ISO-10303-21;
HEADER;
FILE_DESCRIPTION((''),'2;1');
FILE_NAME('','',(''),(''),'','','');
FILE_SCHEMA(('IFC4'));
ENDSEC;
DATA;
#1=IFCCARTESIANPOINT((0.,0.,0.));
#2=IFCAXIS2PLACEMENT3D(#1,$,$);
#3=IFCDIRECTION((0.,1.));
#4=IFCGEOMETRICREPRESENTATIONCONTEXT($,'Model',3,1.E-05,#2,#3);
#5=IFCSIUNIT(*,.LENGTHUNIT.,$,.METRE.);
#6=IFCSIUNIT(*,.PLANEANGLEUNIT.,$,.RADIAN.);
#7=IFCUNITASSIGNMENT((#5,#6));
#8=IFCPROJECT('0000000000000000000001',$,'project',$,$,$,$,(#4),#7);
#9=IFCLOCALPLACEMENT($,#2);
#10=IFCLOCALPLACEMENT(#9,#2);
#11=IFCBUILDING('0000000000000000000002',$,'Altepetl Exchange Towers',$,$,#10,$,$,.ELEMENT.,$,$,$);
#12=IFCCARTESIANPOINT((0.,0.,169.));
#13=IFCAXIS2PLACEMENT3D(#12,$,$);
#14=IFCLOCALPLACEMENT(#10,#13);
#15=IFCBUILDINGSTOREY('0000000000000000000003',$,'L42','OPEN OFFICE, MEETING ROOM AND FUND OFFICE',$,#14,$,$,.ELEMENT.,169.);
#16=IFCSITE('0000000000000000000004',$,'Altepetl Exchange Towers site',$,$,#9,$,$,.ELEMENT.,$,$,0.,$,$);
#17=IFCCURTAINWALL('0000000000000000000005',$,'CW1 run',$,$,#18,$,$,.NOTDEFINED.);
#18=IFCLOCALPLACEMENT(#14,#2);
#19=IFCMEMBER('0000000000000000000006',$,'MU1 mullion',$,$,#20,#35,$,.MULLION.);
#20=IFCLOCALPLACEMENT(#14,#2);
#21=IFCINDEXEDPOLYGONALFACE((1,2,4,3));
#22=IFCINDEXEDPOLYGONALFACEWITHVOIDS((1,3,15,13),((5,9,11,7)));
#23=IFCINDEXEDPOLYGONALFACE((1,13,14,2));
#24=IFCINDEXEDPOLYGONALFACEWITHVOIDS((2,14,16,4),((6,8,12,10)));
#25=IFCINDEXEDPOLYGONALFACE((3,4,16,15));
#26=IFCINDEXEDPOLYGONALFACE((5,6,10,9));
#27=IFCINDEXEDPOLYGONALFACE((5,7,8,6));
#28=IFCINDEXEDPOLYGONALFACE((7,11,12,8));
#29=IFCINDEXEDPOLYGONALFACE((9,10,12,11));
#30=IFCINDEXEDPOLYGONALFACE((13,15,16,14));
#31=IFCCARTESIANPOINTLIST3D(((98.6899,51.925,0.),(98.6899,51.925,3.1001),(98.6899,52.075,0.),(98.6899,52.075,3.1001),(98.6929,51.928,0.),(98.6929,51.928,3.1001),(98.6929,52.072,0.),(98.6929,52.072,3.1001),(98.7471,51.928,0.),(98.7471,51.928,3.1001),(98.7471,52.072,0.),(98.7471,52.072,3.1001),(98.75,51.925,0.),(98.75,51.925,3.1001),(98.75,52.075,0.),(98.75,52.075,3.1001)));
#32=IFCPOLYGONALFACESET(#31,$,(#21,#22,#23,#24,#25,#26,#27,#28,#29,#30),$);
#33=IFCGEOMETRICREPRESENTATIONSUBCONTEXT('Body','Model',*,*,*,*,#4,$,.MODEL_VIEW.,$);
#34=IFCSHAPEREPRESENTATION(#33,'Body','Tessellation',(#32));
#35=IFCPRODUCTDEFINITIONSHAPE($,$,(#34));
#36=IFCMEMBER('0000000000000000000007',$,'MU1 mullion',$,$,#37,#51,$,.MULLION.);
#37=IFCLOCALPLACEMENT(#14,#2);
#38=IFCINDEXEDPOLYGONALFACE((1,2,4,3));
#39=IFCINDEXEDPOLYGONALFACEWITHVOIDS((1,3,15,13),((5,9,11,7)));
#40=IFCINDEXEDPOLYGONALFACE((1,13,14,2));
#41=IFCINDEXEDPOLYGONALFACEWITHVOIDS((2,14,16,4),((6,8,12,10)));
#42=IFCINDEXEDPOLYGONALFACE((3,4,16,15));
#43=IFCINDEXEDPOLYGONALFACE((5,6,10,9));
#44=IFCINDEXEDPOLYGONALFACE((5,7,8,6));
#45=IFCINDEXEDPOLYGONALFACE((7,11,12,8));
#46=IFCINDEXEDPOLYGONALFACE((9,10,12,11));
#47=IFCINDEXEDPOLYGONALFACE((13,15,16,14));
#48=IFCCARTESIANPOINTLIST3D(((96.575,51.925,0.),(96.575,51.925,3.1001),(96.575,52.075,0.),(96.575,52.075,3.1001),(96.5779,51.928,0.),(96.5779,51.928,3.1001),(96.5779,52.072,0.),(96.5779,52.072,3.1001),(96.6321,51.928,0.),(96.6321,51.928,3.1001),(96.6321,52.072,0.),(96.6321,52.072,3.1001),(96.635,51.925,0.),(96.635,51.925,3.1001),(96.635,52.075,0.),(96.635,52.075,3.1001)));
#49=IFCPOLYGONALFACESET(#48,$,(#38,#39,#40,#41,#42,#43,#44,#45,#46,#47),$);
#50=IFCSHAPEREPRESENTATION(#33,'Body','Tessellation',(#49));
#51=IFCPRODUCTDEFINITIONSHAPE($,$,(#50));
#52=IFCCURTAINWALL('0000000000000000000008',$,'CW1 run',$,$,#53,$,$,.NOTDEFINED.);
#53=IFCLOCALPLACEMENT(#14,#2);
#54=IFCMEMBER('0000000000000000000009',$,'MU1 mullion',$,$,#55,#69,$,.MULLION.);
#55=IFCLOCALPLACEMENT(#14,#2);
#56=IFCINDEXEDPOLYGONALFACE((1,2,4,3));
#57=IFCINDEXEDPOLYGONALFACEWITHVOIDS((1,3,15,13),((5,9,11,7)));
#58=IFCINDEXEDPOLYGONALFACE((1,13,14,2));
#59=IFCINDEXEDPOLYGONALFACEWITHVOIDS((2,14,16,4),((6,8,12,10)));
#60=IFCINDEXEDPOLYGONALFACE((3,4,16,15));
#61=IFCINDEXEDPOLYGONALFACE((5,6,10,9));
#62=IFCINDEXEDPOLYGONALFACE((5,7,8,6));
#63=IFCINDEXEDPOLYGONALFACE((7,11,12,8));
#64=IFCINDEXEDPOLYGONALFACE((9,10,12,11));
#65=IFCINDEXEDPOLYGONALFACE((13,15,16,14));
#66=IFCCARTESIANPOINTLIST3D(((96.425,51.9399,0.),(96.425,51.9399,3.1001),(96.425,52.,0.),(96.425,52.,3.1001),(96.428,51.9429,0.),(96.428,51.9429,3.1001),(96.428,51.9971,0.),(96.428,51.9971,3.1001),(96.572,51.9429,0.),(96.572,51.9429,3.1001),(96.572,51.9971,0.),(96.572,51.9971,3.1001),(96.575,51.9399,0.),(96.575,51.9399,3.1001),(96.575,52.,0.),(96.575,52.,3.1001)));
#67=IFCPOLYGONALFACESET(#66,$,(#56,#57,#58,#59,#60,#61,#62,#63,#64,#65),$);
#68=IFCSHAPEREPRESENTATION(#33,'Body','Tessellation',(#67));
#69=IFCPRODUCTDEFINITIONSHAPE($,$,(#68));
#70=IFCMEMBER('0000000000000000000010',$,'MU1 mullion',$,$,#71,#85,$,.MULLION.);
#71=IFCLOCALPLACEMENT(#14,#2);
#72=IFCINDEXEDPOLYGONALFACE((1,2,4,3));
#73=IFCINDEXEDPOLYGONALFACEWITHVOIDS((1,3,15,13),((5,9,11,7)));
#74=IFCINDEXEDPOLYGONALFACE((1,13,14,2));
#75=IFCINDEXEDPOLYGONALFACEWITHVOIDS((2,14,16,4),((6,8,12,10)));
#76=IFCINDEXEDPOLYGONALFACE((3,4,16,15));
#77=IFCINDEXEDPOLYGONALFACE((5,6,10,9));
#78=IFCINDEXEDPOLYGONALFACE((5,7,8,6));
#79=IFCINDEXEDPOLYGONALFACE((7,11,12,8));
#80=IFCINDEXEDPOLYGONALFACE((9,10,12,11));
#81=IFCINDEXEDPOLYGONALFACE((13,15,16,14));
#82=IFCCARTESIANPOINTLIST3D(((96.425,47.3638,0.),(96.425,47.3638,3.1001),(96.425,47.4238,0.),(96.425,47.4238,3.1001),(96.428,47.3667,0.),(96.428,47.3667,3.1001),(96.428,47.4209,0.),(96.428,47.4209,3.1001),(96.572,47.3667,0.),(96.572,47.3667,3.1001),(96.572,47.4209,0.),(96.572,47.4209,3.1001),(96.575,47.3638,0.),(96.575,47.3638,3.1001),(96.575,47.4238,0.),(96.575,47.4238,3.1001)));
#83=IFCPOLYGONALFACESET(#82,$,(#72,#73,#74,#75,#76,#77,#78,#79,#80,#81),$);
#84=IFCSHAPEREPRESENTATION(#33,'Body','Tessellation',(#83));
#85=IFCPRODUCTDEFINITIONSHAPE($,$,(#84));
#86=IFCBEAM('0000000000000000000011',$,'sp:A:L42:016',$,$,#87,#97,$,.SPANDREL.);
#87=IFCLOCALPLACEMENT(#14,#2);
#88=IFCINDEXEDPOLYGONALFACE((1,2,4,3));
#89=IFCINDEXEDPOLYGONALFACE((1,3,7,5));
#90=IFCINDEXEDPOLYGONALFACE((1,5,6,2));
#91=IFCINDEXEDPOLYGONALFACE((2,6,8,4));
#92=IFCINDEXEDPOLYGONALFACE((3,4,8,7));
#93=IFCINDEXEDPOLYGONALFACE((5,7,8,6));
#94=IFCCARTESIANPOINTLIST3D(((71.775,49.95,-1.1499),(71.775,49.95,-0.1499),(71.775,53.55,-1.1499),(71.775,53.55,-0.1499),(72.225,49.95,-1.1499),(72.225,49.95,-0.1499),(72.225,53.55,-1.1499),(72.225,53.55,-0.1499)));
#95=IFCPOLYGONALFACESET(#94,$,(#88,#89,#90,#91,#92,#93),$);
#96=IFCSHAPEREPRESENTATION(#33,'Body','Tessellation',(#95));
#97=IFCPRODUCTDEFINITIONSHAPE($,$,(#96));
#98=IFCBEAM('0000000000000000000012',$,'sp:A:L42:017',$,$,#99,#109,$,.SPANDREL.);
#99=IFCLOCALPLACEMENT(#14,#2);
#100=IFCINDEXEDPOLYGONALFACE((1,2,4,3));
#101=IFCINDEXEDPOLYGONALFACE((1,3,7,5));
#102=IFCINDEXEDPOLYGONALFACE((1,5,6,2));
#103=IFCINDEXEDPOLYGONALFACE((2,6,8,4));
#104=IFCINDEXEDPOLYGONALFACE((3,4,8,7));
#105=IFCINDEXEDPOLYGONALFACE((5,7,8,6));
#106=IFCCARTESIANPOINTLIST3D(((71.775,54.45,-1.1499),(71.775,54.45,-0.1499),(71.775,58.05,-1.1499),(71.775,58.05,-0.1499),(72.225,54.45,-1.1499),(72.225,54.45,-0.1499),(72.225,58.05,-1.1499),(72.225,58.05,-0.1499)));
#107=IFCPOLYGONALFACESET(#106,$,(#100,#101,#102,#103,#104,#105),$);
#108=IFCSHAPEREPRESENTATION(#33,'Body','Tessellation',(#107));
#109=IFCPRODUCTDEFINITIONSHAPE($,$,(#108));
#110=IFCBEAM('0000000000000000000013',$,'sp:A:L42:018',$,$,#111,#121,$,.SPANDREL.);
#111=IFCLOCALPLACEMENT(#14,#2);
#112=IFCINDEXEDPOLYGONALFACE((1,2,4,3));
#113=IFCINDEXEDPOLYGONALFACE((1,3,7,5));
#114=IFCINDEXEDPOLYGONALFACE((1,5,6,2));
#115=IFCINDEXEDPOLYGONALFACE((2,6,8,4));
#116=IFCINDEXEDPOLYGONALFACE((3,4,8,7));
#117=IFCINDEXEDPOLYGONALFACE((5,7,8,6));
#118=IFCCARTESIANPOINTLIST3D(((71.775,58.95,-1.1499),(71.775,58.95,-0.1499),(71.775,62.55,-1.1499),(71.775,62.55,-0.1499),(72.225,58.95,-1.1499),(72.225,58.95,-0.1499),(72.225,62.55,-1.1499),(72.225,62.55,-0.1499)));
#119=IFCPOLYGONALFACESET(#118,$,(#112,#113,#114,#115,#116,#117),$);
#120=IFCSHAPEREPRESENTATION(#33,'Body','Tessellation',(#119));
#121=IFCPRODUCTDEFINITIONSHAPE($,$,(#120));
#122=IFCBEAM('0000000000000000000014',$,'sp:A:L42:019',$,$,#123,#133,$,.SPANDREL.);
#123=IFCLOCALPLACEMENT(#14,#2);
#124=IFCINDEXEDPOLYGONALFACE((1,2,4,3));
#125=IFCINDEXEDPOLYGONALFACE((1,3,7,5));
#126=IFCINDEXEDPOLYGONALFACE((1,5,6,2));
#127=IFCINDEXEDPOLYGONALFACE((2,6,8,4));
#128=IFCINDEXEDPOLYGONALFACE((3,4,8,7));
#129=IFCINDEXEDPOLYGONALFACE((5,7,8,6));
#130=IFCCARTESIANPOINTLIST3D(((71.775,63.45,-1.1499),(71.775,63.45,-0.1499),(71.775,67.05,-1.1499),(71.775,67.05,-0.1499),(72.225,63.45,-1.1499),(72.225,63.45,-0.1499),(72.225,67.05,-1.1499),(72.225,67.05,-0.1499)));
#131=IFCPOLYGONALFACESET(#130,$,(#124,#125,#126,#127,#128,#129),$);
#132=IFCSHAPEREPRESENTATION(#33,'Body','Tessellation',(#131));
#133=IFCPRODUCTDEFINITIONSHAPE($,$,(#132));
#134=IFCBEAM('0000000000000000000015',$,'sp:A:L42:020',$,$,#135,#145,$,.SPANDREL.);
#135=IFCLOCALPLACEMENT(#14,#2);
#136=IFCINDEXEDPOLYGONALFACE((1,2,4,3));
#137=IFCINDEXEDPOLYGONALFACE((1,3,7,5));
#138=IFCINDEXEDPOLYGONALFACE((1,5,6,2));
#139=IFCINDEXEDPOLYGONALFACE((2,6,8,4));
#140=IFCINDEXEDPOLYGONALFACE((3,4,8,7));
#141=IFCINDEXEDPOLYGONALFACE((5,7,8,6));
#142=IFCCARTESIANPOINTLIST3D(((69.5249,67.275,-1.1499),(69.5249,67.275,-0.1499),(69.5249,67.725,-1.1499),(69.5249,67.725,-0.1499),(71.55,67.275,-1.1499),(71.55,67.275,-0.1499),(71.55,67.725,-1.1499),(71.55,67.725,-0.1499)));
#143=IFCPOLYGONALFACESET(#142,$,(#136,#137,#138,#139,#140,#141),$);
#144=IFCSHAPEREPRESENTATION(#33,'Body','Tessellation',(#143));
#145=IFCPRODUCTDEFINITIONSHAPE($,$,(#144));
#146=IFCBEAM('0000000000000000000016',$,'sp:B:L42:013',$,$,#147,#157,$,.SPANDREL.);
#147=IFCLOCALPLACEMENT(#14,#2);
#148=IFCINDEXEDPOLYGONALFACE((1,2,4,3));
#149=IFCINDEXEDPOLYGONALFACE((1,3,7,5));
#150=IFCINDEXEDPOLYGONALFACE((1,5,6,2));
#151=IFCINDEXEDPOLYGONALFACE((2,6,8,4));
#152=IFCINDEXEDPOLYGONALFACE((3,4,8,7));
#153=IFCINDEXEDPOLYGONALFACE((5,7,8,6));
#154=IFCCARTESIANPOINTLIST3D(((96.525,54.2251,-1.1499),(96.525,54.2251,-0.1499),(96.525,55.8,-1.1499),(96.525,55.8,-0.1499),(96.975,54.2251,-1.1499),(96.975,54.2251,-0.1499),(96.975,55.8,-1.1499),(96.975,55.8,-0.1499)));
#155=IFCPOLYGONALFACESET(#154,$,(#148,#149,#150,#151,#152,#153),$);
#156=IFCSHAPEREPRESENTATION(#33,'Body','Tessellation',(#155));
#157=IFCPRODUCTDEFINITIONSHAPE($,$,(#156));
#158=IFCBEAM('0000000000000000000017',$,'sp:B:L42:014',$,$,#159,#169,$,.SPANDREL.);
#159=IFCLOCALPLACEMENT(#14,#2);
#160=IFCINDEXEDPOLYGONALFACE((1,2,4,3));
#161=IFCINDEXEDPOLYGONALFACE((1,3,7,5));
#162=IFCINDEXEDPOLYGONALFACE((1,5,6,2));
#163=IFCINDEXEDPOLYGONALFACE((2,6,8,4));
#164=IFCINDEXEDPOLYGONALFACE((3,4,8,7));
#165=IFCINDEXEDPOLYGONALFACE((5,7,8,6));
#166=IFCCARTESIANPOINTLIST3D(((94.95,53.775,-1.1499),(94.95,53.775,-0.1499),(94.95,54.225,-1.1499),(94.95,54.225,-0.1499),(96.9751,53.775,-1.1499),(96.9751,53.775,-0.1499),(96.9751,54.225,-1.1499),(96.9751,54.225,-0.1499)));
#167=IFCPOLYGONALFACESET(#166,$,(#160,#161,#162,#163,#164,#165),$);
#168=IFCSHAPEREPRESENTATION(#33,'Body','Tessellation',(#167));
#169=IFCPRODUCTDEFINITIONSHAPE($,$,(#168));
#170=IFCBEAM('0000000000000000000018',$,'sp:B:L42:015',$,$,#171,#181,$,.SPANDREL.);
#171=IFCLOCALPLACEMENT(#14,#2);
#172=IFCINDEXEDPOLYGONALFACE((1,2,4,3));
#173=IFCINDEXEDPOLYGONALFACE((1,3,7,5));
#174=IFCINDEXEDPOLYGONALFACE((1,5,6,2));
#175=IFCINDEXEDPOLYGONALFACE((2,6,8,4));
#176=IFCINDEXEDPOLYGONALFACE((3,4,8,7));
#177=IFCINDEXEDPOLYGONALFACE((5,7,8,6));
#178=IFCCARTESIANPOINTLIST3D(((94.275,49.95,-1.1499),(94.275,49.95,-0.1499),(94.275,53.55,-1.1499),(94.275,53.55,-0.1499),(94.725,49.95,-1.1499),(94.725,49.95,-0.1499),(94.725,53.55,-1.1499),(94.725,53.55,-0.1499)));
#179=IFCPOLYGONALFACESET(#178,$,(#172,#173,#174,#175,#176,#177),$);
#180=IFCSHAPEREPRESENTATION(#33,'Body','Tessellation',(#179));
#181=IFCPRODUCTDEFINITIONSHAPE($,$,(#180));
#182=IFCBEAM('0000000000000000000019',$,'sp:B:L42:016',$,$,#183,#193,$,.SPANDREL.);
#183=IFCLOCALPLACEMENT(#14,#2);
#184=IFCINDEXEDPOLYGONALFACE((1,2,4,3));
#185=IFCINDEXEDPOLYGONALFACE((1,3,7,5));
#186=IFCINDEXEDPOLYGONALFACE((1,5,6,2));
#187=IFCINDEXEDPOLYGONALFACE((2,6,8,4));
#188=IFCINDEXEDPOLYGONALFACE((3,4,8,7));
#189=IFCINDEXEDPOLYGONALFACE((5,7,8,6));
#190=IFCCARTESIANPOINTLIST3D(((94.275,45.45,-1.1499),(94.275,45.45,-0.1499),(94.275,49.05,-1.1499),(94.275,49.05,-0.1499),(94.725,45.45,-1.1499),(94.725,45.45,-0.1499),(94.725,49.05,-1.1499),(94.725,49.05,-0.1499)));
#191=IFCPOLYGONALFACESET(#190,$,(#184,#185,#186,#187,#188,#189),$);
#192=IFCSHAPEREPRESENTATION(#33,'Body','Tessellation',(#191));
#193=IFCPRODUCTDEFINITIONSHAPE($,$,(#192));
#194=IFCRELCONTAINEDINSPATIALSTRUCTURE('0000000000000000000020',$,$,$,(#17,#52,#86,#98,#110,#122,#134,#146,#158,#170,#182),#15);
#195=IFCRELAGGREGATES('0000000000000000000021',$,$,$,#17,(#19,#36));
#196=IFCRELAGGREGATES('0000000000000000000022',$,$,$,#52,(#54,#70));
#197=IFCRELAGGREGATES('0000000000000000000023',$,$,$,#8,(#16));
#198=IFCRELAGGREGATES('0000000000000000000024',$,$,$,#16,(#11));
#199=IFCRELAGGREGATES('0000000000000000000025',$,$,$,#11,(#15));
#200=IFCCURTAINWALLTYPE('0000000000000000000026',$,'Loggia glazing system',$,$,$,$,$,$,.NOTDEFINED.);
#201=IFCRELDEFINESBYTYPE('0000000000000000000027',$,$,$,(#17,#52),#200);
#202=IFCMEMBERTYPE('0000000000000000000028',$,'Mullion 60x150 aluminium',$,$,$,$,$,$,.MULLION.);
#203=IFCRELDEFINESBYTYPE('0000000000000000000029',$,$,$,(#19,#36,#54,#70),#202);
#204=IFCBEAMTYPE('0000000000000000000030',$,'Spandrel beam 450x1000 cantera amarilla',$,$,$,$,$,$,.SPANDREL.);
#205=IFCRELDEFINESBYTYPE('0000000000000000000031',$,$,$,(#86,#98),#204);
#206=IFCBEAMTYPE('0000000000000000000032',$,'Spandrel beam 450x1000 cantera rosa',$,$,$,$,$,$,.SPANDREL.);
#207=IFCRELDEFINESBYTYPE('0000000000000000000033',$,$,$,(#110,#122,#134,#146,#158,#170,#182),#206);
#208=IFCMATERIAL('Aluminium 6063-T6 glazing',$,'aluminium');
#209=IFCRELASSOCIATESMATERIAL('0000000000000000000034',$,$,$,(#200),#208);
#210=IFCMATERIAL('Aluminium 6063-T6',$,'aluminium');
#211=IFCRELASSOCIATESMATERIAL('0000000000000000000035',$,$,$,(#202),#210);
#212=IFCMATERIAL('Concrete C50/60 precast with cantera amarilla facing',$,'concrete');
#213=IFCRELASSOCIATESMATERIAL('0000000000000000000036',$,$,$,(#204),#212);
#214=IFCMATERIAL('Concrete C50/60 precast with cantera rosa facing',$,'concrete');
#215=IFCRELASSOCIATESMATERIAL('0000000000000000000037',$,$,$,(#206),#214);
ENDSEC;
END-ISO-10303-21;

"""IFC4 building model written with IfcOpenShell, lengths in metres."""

from ifc_helpers import new_model, si_unit, direction, frame, origin, origin_2d, place, context, subcontext, project, spatial, rectangle, hollow_rectangle, extrude, material, material_profile, profile_set, type_object, element, aggregate, save


model = new_model("IFC4")

# Units and contexts
model_context = context("Model", 3, precision=1e-05, world=origin(), true_north=direction((0.0, 1.0)))
body_context = subcontext(model_context, "Body", "Model", "MODEL_VIEW")
ifc_project = project(units=[si_unit("LENGTHUNIT", "METRE"), si_unit("PLANEANGLEUNIT", "RADIAN")], contexts=[model_context])

# Site, building, storey
site_placement = place(None, origin())
site = spatial("IfcSite", under=ifc_project, at=site_placement, Name="Altepetl Exchange Towers site", CompositionType="ELEMENT", RefElevation=0.0)
building_placement = place(site_placement, origin())
building = spatial("IfcBuilding", under=site, at=building_placement, Name="Altepetl Exchange Towers", CompositionType="ELEMENT")
storey_placement = place(building_placement, frame((0.0, 0.0, 169.0)))
storey = spatial("IfcBuildingStorey", under=building, at=storey_placement, Name="L42", Description="OPEN OFFICE, MEETING ROOM AND FUND OFFICE", CompositionType="ELEMENT", Elevation=169.0)

# Shared definitions
ifc_material_1 = material(Name="Aluminium 6063-T6 glazing", Category="aluminium")
curtain_wall_type = type_object("IfcCurtainWallType", Name="Loggia glazing system", PredefinedType="NOTDEFINED", material=ifc_material_1)
ifc_material_2 = material(Name="Aluminium 6063-T6", Category="aluminium")
ifc_material_profile_1 = material_profile(ifc_material_2, hollow_rectangle(XDim=0.0601, YDim=0.1499, WallThickness=0.0029, at=origin_2d()), Name="Mullion 60x150 aluminium")
ifc_profile_set_1 = profile_set([ifc_material_profile_1], Name="Aluminium 6063-T6")
member_type = type_object("IfcMemberType", Name="Mullion 60x150 aluminium", PredefinedType="MULLION", material=ifc_profile_set_1)

# Curtain walls, members
curtain_wall_1_placement = place(storey_placement, origin())
curtain_wall_1 = element("IfcCurtainWall", 1, at=curtain_wall_1_placement, inside=storey, type_object=curtain_wall_type, Name="CW1 run", PredefinedType="NOTDEFINED")
member_1_placement = place(storey_placement, frame((98.72, 52.0, 0.0), z_axis=(0.0, 0.0, 1.0), x_axis=(-1.0, 0.0, 0.0)))
member_1 = element("IfcMember", 2, at=member_1_placement, type_object=member_type, Name="MU1 mullion", PredefinedType="MULLION", context=body_context, shape_type="SweptSolid", body=[
    extrude(hollow_rectangle(XDim=0.0601, YDim=0.1499, WallThickness=0.0029, at=origin_2d()), origin(), (0.0, 0.0, 1.0), 3.1001),
])
member_2_placement = place(storey_placement, frame((96.605, 52.0, 0.0), z_axis=(0.0, 0.0, 1.0), x_axis=(-1.0, 0.0, 0.0)))
member_2 = element("IfcMember", 3, at=member_2_placement, type_object=member_type, Name="MU1 mullion", PredefinedType="MULLION", context=body_context, shape_type="SweptSolid", body=[
    extrude(hollow_rectangle(XDim=0.0601, YDim=0.1499, WallThickness=0.0029, at=origin_2d()), origin(), (0.0, 0.0, 1.0), 3.1001),
])
curtain_wall_2_placement = place(storey_placement, origin())
curtain_wall_2 = element("IfcCurtainWall", 4, at=curtain_wall_2_placement, inside=storey, type_object=curtain_wall_type, Name="CW1 run", PredefinedType="NOTDEFINED")
member_3_placement = place(storey_placement, frame((96.5, 51.97, 0.0), z_axis=(0.0, 0.0, 1.0), x_axis=(0.0, -1.0, 0.0)))
member_3 = element("IfcMember", 5, at=member_3_placement, type_object=member_type, Name="MU1 mullion", PredefinedType="MULLION", context=body_context, shape_type="SweptSolid", body=[
    extrude(hollow_rectangle(XDim=0.0601, YDim=0.1499, WallThickness=0.0029, at=origin_2d()), origin(), (0.0, 0.0, 1.0), 3.1001),
])
member_4_placement = place(storey_placement, frame((96.5, 47.3938, 0.0), z_axis=(0.0, 0.0, 1.0), x_axis=(0.0, -1.0, 0.0)))
member_4 = element("IfcMember", 6, at=member_4_placement, type_object=member_type, Name="MU1 mullion", PredefinedType="MULLION", context=body_context, shape_type="SweptSolid", body=[
    extrude(hollow_rectangle(XDim=0.0601, YDim=0.1499, WallThickness=0.0029, at=origin_2d()), origin(), (0.0, 0.0, 1.0), 3.1001),
])

# Beams
ifc_material_3 = material(Name="Concrete C50/60 precast with cantera amarilla facing", Category="concrete")
ifc_material_profile_2 = material_profile(ifc_material_3, rectangle(XDim=0.45, YDim=1.0, at=origin_2d()), Name="450 x 1000")
ifc_profile_set_2 = profile_set([ifc_material_profile_2], Name="Concrete C50/60 precast with cantera amarilla facing")
beam_type_1 = type_object("IfcBeamType", Name="Spandrel beam 450x1000 cantera amarilla", PredefinedType="SPANDREL", material=ifc_profile_set_2)
for number, where, z_axis, x_axis, name in (
    (7, (72.0, 49.95, -0.6499), (0.0, 1.0, 0.0), (-1.0, 0.0, 0.0), "sp:A:L42:016"),
    (8, (72.0, 54.45, -0.6499), (0.0, 1.0, 0.0), (-1.0, 0.0, 0.0), "sp:A:L42:017"),
):
    element("IfcBeam", number, at=place(storey_placement, frame(where, z_axis=z_axis, x_axis=x_axis)), inside=storey, type_object=beam_type_1, Name=name, PredefinedType="SPANDREL", context=body_context, shape_type="SweptSolid", body=[
        extrude(rectangle(XDim=0.45, YDim=1.0, at=origin_2d()), origin(), (0.0, 0.0, 1.0), 3.6001),
    ])
ifc_material_4 = material(Name="Concrete C50/60 precast with cantera rosa facing", Category="concrete")
ifc_material_profile_3 = material_profile(ifc_material_4, rectangle(XDim=0.45, YDim=1.0, at=origin_2d()), Name="450 x 1000")
ifc_profile_set_3 = profile_set([ifc_material_profile_3], Name="Concrete C50/60 precast with cantera rosa facing")
beam_type_2 = type_object("IfcBeamType", Name="Spandrel beam 450x1000 cantera rosa", PredefinedType="SPANDREL", material=ifc_profile_set_3)
for number, where, z_axis, x_axis, name in (
    (9, (72.0, 58.95, -0.6499), (0.0, 1.0, 0.0), (-1.0, 0.0, 0.0), "sp:A:L42:018"),
    (10, (72.0, 63.45, -0.6499), (0.0, 1.0, 0.0), (-1.0, 0.0, 0.0), "sp:A:L42:019"),
):
    element("IfcBeam", number, at=place(storey_placement, frame(where, z_axis=z_axis, x_axis=x_axis)), inside=storey, type_object=beam_type_2, Name=name, PredefinedType="SPANDREL", context=body_context, shape_type="SweptSolid", body=[
        extrude(rectangle(XDim=0.45, YDim=1.0, at=origin_2d()), origin(), (0.0, 0.0, 1.0), 3.6001),
    ])
beam_1_placement = place(storey_placement, frame((71.55, 67.5, -0.6499), z_axis=(-1.0, 0.0, 0.0), x_axis=(0.0, -1.0, 0.0)))
element("IfcBeam", 11, at=beam_1_placement, inside=storey, type_object=beam_type_2, Name="sp:A:L42:020", PredefinedType="SPANDREL", context=body_context, shape_type="SweptSolid", body=[
    extrude(rectangle(XDim=0.45, YDim=1.0, at=origin_2d()), origin(), (0.0, 0.0, 1.0), 2.0251),
])
beam_2_placement = place(storey_placement, frame((96.75, 55.8, -0.6499), z_axis=(0.0, -1.0, 0.0), x_axis=(1.0, 0.0, 0.0)))
element("IfcBeam", 12, at=beam_2_placement, inside=storey, type_object=beam_type_2, Name="sp:B:L42:013", PredefinedType="SPANDREL", context=body_context, shape_type="SweptSolid", body=[
    extrude(rectangle(XDim=0.45, YDim=1.0, at=origin_2d()), origin(), (0.0, 0.0, 1.0), 1.575),
])
beam_3_placement = place(storey_placement, frame((96.9751, 54.0, -0.6499), z_axis=(-1.0, 0.0, 0.0), x_axis=(0.0, -1.0, 0.0)))
element("IfcBeam", 13, at=beam_3_placement, inside=storey, type_object=beam_type_2, Name="sp:B:L42:014", PredefinedType="SPANDREL", context=body_context, shape_type="SweptSolid", body=[
    extrude(rectangle(XDim=0.45, YDim=1.0, at=origin_2d()), origin(), (0.0, 0.0, 1.0), 2.0251),
])
for number, where, z_axis, x_axis, name in (
    (14, (94.5, 53.55, -0.6499), (0.0, -1.0, 0.0), (1.0, 0.0, 0.0), "sp:B:L42:015"),
    (15, (94.5, 49.05, -0.6499), (0.0, -1.0, 0.0), (1.0, 0.0, 0.0), "sp:B:L42:016"),
):
    element("IfcBeam", number, at=place(storey_placement, frame(where, z_axis=z_axis, x_axis=x_axis)), inside=storey, type_object=beam_type_2, Name=name, PredefinedType="SPANDREL", context=body_context, shape_type="SweptSolid", body=[
        extrude(rectangle(XDim=0.45, YDim=1.0, at=origin_2d()), origin(), (0.0, 0.0, 1.0), 3.6001),
    ])

aggregate(curtain_wall_1, [member_1, member_2])
aggregate(curtain_wall_2, [member_3, member_4])

save(model, "model.ifc")
